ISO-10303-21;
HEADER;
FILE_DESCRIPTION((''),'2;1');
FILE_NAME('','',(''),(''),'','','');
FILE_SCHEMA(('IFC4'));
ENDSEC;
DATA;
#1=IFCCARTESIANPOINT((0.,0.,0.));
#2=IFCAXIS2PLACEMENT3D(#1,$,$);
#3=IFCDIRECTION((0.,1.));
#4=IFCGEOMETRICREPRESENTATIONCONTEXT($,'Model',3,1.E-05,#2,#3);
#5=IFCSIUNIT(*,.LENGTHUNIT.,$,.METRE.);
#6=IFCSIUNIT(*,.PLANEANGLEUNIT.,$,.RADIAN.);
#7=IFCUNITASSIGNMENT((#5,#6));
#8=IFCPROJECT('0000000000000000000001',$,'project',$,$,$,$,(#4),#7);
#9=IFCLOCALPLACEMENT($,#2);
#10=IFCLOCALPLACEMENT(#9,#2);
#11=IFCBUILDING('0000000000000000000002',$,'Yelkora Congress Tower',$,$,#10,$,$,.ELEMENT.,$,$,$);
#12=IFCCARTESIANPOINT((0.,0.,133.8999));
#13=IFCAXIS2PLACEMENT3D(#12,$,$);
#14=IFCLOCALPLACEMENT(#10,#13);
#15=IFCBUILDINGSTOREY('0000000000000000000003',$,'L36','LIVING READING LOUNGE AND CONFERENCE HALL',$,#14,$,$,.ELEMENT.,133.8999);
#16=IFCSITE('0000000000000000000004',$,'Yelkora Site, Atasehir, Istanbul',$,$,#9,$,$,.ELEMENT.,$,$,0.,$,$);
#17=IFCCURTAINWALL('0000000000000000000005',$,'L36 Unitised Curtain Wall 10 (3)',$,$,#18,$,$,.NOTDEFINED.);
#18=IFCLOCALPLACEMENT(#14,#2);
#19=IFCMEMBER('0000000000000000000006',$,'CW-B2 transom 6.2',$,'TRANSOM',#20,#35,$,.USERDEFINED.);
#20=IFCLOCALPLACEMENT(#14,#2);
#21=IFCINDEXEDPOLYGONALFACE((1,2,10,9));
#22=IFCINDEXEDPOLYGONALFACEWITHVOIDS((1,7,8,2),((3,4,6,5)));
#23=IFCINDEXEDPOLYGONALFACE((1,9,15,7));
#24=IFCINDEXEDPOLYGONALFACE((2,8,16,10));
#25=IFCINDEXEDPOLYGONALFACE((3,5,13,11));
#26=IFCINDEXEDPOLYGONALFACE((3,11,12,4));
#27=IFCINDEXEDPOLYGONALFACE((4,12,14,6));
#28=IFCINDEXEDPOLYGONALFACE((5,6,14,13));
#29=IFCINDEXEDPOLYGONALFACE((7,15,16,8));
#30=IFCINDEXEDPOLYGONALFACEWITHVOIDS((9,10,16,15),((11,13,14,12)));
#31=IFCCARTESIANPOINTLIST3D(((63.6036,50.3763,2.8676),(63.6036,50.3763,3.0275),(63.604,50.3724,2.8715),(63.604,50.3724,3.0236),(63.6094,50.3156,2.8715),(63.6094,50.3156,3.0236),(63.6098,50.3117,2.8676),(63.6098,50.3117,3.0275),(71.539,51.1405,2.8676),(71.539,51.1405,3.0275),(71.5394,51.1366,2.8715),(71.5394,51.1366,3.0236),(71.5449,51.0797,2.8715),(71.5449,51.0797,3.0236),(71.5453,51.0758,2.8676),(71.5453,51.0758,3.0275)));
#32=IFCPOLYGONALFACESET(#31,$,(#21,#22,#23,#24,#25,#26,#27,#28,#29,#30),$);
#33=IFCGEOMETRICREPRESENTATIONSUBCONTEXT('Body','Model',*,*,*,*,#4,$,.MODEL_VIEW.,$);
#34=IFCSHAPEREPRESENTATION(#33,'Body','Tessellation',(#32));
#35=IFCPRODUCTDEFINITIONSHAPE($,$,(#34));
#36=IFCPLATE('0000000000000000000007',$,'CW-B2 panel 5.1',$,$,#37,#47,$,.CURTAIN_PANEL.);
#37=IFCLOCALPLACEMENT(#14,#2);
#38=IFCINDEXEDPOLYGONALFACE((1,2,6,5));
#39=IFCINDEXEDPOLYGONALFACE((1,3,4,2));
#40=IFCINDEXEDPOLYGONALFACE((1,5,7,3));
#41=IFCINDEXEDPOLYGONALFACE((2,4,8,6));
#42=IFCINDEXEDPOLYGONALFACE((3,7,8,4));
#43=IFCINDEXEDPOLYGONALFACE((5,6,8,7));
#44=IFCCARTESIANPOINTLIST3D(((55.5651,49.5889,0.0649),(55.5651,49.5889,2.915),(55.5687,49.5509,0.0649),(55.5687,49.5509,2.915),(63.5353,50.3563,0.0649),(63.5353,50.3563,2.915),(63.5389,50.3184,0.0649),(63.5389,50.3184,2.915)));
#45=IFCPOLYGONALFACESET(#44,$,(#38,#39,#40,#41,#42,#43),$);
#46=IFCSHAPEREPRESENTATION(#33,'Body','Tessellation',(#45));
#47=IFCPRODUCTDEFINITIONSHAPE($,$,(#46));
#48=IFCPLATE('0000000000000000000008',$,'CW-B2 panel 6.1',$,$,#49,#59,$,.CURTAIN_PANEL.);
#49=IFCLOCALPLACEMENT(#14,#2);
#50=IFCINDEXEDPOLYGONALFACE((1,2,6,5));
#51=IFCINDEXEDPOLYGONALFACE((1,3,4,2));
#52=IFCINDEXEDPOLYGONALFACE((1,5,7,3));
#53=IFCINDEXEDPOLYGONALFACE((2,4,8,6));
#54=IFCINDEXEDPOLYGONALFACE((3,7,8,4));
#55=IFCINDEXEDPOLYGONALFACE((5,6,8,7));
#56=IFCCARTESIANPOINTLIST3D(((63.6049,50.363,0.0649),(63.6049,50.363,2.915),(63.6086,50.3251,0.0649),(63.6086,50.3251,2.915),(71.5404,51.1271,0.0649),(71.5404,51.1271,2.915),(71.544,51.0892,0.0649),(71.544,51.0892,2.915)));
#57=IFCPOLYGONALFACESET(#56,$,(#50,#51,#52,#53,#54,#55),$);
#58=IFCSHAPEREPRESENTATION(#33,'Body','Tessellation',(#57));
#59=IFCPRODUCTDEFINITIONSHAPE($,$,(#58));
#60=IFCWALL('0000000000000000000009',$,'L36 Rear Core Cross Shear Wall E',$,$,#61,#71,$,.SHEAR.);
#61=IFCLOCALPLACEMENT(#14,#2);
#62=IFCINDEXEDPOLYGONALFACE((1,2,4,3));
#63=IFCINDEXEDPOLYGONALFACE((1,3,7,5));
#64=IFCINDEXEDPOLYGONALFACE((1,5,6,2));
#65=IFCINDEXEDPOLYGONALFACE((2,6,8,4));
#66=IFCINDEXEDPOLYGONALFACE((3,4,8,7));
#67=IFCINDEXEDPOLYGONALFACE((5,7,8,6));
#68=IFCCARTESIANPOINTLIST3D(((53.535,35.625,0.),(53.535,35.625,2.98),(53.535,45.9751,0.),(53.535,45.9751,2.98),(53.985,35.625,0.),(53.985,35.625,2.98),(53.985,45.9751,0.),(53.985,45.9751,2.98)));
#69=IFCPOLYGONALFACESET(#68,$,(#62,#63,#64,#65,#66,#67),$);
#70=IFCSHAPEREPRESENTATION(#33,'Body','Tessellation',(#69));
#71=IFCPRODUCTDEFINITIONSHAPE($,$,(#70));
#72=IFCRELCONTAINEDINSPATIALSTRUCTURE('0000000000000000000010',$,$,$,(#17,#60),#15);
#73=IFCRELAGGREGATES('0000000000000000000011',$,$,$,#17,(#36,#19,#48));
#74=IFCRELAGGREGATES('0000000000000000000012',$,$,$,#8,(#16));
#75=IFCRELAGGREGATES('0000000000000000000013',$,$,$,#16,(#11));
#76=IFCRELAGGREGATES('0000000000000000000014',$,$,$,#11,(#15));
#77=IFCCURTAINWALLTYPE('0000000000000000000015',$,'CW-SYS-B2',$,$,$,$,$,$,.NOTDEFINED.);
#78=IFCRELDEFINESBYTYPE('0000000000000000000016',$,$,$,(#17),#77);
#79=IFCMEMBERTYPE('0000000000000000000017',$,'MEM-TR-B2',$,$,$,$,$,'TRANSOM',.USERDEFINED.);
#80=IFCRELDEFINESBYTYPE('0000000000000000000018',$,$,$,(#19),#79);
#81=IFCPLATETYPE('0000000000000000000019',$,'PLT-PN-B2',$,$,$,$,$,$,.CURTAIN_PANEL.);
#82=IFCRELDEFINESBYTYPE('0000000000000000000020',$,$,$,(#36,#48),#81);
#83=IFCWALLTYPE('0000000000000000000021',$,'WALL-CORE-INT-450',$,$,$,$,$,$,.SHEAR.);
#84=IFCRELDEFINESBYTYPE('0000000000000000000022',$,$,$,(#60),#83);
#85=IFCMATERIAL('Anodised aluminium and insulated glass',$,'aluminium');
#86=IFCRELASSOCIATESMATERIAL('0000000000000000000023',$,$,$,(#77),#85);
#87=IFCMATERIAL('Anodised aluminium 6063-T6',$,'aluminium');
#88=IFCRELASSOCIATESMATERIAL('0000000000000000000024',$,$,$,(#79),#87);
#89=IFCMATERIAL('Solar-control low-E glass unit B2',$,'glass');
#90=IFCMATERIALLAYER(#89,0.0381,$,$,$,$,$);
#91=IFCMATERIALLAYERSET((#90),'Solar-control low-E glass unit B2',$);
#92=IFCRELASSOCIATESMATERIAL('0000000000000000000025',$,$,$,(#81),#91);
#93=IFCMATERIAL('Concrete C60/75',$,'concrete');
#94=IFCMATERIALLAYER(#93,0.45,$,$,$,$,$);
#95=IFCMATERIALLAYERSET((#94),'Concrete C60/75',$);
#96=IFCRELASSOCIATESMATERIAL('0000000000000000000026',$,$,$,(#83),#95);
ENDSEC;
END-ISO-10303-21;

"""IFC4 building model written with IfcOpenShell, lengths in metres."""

from ifc_helpers import new_model, si_unit, direction, frame, frame_2d, origin, origin_2d, place, context, subcontext, project, spatial, rectangle, hollow_rectangle, extrude, material, layer, layer_set, material_profile, profile_set, type_object, element, aggregate, save


model = new_model("IFC4")

# Units and contexts
model_context = context("Model", 3, precision=1e-05, world=origin(), true_north=direction((0.0, 1.0)))
body_context = subcontext(model_context, "Body", "Model", "MODEL_VIEW")
ifc_project = project(units=[si_unit("LENGTHUNIT", "METRE"), si_unit("PLANEANGLEUNIT", "RADIAN")], contexts=[model_context])

# Site, building, storey
site_placement = place(None, origin())
site = spatial("IfcSite", under=ifc_project, at=site_placement, Name="Yelkora Site, Atasehir, Istanbul", CompositionType="ELEMENT", RefElevation=0.0)
building_placement = place(site_placement, origin())
building = spatial("IfcBuilding", under=site, at=building_placement, Name="Yelkora Congress Tower", CompositionType="ELEMENT")
storey_placement = place(building_placement, frame((0.0, 0.0, 133.8999)))
storey = spatial("IfcBuildingStorey", under=building, at=storey_placement, Name="L36", Description="LIVING READING LOUNGE AND CONFERENCE HALL", CompositionType="ELEMENT", Elevation=133.8999)

# Curtain wall, member, plates
ifc_material_1 = material(Name="Anodised aluminium and insulated glass", Category="aluminium")
curtain_wall_type = type_object("IfcCurtainWallType", Name="CW-SYS-B2", PredefinedType="NOTDEFINED", material=ifc_material_1)
curtain_wall_placement = place(storey_placement, origin())
curtain_wall = element("IfcCurtainWall", 1, at=curtain_wall_placement, inside=storey, type_object=curtain_wall_type, Name="L36 Unitised Curtain Wall 10 (3)", PredefinedType="NOTDEFINED")
ifc_material_2 = material(Name="Anodised aluminium 6063-T6", Category="aluminium")
ifc_material_profile_1 = material_profile(ifc_material_2, hollow_rectangle(XDim=0.0649, YDim=0.1599, WallThickness=0.0039, at=origin_2d()), Name="ALU 65x160x4")
ifc_profile_set_1 = profile_set([ifc_material_profile_1], Name="Anodised aluminium 6063-T6")
member_type_1 = type_object("IfcMemberType", Name="MEM-TR-B2", ElementType="TRANSOM", PredefinedType="USERDEFINED", material=ifc_profile_set_1)
member_1_placement = place(storey_placement, frame((63.6067, 50.344, 2.9475), z_axis=(0.995396, 0.095852, 0.0), x_axis=(-0.095852, 0.995396, 0.0)))
member_1 = element("IfcMember", 2, at=member_1_placement, type_object=member_type_1, Name="CW-B2 transom 6.2", ObjectType="TRANSOM", PredefinedType="USERDEFINED", context=body_context, shape_type="SweptSolid", body=[
    extrude(hollow_rectangle(XDim=0.0649, YDim=0.1599, WallThickness=0.0039, at=origin_2d()), origin(), (0.0, 0.0, 1.0), 7.9722),
])
ifc_material_3 = material(Name="Solar-control low-E glass unit B2", Category="glass")
ifc_layer_1 = layer(ifc_material_3, 0.0381)
ifc_layer_set_1 = layer_set([ifc_layer_1], Name="Solar-control low-E glass unit B2")
plate_type = type_object("IfcPlateType", Name="PLT-PN-B2", PredefinedType="CURTAIN_PANEL", material=ifc_layer_set_1)
plate_1_placement = place(storey_placement, frame((59.552, 49.9536, 0.0649), z_axis=(0.0, 0.0, 1.0), x_axis=(0.995396, 0.095844, 0.0)))
plate_1 = element("IfcPlate", 3, at=plate_1_placement, type_object=plate_type, Name="CW-B2 panel 5.1", PredefinedType="CURTAIN_PANEL", context=body_context, shape_type="SweptSolid", body=[
    extrude(rectangle(XDim=8.0071, YDim=0.0381, at=origin_2d()), origin(), (0.0, 0.0, 1.0), 2.8501),
])
plate_2_placement = place(storey_placement, frame((67.5745, 50.7261, 0.0649), z_axis=(0.0, 0.0, 1.0), x_axis=(0.995396, 0.095844, 0.0)))
plate_2 = element("IfcPlate", 4, at=plate_2_placement, type_object=plate_type, Name="CW-B2 panel 6.1", PredefinedType="CURTAIN_PANEL", context=body_context, shape_type="SweptSolid", body=[
    extrude(rectangle(XDim=7.9722, YDim=0.0381, at=origin_2d()), origin(), (0.0, 0.0, 1.0), 2.8501),
])
aggregate(curtain_wall, [plate_1, member_1, plate_2])

# Wall
ifc_material_4 = material(Name="Concrete C60/75", Category="concrete")
ifc_layer_2 = layer(ifc_material_4, 0.45)
ifc_layer_set_2 = layer_set([ifc_layer_2], Name="Concrete C60/75")
wall_type = type_object("IfcWallType", Name="WALL-CORE-INT-450", PredefinedType="SHEAR", material=ifc_layer_set_2)
wall_placement = place(storey_placement, frame((53.76, 35.625, 0.0), z_axis=(0.0, 0.0, 1.0), x_axis=(0.0, 1.0, 0.0)))
element("IfcWall", 5, at=wall_placement, inside=storey, type_object=wall_type, Name="L36 Rear Core Cross Shear Wall E", PredefinedType="SHEAR", context=body_context, shape_type="SweptSolid", body=[
    extrude(rectangle(XDim=10.3501, YDim=0.45, at=frame_2d((5.175, 0.0))), origin(), (0.0, 0.0, 1.0), 2.98),
])

save(model, "model.ifc")
